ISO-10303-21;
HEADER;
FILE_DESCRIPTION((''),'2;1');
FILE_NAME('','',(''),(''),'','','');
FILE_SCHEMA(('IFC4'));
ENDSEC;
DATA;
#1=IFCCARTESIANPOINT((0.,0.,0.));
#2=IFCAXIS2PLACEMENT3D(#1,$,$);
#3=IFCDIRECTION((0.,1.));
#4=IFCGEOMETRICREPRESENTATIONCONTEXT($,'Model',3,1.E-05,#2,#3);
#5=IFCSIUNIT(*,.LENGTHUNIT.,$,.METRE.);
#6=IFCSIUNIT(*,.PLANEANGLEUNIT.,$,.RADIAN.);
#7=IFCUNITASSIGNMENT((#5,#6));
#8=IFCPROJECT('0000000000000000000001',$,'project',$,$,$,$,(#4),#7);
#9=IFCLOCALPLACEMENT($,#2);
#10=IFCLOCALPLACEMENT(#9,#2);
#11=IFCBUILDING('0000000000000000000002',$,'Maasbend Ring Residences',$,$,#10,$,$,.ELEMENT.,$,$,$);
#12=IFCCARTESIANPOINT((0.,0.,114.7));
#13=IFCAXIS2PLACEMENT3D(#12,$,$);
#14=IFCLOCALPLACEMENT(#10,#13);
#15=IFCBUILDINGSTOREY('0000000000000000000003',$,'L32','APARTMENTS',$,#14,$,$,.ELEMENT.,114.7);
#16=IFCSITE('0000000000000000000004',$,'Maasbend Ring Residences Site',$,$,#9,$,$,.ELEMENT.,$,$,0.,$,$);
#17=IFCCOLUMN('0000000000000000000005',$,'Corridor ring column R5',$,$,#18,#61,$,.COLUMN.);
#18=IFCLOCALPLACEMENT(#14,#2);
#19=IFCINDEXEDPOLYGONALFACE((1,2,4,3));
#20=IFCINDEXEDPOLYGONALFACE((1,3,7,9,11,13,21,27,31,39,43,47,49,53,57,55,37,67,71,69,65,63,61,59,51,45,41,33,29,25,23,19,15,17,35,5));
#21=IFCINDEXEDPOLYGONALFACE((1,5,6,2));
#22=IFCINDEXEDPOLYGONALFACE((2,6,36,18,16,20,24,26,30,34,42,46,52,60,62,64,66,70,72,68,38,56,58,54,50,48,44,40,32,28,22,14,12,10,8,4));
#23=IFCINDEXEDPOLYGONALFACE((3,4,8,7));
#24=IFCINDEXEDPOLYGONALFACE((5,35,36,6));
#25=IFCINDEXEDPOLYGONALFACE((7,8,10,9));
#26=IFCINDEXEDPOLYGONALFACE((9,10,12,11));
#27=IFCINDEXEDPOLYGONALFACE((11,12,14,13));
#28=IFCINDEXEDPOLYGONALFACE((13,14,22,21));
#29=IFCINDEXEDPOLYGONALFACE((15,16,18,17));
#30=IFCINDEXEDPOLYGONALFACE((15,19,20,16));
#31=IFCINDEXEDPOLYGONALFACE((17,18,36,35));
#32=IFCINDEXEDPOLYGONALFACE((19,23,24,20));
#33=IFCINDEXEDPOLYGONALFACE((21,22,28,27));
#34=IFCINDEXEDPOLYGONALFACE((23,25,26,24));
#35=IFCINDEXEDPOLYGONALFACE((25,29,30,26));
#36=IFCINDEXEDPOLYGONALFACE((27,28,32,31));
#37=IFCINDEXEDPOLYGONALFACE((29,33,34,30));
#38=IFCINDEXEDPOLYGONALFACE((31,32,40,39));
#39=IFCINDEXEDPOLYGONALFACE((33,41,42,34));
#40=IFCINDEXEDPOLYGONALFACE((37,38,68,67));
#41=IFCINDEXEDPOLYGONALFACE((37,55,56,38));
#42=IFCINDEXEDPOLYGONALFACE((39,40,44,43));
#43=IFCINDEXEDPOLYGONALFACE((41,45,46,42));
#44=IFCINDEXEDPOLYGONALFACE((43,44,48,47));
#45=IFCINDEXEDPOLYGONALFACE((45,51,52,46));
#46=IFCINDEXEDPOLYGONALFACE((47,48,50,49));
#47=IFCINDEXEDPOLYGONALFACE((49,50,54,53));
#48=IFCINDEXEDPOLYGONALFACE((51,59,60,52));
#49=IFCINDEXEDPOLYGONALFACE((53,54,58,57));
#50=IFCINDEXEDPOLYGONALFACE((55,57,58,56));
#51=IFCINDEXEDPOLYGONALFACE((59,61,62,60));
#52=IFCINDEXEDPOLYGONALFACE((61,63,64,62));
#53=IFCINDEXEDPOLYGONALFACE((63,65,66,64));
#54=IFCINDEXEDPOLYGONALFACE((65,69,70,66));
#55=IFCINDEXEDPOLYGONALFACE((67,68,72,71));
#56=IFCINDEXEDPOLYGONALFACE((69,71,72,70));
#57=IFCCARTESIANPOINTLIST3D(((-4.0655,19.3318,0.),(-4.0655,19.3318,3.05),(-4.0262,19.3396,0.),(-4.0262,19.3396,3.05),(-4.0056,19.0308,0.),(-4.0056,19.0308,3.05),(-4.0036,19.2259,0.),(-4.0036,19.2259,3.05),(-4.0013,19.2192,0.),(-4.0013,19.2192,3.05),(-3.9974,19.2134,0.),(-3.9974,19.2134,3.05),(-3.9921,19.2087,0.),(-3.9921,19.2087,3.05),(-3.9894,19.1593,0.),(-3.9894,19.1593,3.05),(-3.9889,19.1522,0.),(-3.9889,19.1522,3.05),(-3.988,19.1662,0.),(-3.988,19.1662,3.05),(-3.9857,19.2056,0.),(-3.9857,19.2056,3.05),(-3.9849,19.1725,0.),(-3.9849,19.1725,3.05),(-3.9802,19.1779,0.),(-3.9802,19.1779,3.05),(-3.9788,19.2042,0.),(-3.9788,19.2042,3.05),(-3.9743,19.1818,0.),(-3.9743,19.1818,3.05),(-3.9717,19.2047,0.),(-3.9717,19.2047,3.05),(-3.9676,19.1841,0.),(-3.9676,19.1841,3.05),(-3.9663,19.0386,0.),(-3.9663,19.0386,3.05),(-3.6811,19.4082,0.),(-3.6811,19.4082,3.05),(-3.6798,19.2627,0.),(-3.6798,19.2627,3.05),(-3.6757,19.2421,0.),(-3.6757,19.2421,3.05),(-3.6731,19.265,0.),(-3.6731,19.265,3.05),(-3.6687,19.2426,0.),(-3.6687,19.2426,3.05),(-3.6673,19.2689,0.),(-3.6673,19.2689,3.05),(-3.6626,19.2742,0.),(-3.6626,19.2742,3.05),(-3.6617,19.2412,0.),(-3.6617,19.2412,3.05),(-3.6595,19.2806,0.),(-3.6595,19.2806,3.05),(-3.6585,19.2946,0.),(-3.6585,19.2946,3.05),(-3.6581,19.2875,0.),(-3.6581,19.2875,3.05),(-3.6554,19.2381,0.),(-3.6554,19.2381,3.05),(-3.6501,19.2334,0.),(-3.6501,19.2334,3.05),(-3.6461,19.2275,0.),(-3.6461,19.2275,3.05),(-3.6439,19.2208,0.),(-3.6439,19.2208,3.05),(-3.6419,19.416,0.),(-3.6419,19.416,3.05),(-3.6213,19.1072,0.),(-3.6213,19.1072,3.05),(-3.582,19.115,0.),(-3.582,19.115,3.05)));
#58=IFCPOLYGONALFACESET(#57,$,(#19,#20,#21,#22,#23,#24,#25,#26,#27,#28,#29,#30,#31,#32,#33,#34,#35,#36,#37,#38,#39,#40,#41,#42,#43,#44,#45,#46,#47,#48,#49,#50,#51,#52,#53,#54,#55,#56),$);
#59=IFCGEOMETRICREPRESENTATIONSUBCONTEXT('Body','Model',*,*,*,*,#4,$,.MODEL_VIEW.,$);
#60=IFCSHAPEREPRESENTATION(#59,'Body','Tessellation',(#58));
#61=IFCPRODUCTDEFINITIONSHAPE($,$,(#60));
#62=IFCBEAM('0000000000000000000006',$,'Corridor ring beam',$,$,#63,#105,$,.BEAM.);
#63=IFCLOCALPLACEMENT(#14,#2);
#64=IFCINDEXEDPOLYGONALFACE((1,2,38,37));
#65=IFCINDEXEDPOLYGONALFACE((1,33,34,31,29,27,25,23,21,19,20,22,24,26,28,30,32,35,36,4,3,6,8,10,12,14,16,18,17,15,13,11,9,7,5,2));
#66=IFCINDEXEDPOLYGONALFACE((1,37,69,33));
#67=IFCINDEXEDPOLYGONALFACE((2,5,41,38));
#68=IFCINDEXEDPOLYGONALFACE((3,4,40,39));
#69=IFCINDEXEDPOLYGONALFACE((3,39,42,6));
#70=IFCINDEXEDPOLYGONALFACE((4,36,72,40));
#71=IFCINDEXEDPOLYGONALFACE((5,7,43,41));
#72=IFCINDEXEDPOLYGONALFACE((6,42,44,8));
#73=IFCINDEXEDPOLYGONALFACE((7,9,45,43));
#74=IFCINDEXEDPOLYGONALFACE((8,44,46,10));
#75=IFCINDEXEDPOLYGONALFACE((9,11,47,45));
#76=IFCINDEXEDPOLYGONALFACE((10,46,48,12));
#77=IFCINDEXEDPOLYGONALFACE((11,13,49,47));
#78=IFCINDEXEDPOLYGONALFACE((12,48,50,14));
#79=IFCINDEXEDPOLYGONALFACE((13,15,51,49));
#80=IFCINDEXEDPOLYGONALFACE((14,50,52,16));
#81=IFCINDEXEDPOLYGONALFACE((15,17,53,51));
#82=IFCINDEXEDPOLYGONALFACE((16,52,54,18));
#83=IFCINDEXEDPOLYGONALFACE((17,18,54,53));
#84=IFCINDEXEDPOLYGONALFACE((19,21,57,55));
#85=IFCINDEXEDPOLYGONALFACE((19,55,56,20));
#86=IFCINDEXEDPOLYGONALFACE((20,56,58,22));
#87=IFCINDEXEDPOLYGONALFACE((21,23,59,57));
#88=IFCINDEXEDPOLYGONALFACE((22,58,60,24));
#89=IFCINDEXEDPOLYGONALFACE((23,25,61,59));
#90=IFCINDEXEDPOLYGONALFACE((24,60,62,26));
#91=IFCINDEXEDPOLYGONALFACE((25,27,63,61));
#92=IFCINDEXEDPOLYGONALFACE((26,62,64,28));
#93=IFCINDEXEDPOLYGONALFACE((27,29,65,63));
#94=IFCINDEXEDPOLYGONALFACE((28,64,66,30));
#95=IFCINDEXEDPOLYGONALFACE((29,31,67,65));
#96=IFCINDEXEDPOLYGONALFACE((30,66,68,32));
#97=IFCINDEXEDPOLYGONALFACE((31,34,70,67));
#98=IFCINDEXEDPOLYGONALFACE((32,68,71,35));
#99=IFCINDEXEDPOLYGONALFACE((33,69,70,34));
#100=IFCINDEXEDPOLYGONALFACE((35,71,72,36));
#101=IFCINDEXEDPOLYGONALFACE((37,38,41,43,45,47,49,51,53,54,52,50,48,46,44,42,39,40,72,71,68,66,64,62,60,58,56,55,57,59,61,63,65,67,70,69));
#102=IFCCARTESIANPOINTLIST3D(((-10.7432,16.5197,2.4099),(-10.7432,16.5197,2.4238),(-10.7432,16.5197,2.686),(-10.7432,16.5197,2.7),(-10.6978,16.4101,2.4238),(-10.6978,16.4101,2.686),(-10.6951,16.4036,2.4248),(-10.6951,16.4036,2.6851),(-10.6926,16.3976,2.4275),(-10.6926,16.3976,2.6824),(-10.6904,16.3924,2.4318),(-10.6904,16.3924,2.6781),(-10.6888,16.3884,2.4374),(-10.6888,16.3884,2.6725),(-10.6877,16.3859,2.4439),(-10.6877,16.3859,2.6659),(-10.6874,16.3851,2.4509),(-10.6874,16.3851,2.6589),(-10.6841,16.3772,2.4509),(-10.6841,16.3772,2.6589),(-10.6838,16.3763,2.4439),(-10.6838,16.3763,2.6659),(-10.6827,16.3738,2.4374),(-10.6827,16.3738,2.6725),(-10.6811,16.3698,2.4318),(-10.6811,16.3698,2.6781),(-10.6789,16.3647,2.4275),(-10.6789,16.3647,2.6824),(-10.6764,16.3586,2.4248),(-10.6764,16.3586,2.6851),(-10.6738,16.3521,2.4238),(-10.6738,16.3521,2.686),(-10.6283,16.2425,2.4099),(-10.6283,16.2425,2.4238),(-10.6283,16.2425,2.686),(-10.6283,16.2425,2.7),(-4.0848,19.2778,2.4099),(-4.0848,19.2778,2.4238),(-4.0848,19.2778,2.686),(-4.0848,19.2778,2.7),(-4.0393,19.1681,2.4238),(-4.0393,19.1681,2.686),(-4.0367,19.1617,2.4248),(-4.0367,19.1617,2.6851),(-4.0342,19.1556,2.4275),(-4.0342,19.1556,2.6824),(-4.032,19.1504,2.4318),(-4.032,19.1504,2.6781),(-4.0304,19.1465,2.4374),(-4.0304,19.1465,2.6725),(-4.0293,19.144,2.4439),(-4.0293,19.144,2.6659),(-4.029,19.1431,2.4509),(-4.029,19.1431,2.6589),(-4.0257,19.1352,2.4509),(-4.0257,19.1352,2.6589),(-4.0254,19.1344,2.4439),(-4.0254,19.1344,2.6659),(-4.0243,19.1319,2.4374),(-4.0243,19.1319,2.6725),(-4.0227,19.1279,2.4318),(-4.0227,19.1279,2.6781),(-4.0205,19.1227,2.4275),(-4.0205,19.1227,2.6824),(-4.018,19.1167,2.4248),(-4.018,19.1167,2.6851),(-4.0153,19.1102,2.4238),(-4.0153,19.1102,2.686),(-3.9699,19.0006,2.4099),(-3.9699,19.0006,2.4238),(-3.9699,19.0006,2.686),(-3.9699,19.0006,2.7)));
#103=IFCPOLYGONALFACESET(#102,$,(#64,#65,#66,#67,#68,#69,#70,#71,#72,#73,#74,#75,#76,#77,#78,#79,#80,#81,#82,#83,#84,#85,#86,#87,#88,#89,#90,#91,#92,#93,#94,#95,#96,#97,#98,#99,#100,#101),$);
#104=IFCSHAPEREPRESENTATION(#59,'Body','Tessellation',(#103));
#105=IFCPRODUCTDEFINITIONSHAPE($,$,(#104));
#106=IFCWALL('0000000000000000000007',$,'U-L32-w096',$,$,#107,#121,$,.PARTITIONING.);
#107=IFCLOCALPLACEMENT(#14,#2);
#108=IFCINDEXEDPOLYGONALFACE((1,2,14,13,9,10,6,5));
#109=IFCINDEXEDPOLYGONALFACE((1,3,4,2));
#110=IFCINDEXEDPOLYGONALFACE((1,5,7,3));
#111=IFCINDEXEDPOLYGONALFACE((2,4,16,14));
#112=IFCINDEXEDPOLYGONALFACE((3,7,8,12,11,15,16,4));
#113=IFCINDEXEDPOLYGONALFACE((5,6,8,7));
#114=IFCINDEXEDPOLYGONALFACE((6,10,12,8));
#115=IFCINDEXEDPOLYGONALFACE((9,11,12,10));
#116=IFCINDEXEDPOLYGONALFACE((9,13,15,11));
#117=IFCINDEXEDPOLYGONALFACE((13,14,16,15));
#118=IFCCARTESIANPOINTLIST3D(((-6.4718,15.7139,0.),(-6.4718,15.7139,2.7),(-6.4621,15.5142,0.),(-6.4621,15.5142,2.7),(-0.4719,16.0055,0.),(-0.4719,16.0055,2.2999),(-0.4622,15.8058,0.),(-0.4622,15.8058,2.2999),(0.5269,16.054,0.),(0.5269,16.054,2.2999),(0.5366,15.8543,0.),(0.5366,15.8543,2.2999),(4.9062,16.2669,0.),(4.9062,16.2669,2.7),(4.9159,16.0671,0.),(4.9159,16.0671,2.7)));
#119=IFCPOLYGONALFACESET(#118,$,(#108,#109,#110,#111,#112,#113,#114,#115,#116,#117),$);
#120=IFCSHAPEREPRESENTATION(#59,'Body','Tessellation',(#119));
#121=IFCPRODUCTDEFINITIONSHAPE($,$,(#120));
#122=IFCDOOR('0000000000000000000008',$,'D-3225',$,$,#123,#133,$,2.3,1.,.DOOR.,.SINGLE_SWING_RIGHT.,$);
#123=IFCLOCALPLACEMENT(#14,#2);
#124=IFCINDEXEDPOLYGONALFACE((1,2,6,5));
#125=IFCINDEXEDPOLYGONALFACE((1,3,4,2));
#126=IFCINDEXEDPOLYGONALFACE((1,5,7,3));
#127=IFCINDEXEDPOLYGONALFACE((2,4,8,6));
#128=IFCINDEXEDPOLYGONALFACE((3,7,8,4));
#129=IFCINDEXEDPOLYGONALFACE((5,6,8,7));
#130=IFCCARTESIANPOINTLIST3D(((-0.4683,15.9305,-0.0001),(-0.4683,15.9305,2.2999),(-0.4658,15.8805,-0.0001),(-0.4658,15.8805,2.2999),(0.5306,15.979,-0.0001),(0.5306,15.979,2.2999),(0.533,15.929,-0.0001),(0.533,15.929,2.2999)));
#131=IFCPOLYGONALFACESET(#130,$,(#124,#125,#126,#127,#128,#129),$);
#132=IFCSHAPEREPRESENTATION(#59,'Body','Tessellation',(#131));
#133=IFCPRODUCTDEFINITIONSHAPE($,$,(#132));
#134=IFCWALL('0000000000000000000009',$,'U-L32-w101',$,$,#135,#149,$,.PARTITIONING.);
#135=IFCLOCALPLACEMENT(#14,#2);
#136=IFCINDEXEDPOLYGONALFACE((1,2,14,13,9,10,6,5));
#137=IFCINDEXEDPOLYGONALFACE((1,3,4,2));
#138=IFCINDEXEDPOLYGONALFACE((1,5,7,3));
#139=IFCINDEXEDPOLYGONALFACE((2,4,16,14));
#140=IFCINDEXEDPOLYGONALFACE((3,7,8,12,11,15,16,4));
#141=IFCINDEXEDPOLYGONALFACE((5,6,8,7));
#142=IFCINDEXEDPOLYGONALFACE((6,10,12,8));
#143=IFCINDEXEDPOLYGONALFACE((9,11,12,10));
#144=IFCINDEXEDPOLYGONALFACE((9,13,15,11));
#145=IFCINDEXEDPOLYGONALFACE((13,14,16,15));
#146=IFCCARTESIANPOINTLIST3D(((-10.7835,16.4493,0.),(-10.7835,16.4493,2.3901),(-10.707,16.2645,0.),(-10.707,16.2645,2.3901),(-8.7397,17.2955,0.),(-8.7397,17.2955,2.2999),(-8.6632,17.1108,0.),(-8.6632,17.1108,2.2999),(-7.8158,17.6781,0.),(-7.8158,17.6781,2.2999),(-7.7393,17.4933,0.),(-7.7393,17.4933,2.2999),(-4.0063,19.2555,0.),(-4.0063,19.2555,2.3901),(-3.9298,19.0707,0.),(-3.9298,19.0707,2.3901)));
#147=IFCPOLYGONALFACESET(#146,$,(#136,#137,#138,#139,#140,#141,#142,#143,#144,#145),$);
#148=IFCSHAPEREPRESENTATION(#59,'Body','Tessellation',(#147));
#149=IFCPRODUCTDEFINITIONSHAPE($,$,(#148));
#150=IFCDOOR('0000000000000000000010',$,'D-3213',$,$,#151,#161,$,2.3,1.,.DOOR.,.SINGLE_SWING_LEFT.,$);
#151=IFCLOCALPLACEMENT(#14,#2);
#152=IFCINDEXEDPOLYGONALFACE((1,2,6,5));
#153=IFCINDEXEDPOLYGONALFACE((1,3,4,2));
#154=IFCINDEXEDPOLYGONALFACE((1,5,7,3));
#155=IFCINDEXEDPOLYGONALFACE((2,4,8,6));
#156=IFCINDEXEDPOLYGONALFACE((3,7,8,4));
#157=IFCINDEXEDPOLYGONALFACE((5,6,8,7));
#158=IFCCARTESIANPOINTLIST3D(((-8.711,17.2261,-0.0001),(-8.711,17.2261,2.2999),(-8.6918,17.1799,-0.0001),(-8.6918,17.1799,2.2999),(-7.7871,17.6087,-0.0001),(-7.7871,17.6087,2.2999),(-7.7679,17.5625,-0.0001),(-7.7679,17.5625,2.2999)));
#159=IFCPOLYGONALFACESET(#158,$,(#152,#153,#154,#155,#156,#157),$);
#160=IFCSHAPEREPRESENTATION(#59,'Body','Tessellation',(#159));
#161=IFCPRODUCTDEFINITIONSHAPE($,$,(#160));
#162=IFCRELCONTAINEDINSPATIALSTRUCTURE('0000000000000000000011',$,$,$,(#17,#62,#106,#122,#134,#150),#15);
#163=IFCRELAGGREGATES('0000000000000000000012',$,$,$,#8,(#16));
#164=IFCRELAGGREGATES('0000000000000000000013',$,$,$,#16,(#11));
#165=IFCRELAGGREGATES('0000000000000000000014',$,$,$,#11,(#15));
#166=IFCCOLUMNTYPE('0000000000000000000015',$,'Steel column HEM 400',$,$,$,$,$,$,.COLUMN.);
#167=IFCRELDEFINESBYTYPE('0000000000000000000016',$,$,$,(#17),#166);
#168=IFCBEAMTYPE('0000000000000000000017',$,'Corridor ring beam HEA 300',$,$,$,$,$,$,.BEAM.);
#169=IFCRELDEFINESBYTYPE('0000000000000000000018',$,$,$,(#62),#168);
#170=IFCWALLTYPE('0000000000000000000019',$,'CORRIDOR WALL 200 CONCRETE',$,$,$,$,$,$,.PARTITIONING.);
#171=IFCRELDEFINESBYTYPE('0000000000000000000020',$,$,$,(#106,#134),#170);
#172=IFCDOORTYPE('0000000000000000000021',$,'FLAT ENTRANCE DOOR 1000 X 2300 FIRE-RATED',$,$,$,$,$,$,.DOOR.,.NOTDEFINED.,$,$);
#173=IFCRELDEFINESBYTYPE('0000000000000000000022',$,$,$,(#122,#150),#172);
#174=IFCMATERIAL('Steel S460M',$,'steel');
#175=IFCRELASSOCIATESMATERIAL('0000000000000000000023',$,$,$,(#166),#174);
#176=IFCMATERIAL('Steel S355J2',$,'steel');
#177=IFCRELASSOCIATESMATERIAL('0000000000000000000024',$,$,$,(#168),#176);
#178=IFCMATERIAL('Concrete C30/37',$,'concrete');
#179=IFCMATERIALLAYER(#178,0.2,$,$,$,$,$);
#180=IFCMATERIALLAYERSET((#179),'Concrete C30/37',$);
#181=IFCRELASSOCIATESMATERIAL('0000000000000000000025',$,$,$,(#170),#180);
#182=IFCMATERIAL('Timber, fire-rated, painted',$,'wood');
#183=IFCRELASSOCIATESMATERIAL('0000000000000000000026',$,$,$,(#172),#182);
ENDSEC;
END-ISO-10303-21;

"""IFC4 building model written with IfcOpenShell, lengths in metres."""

from ifc_helpers import new_model, si_unit, direction, frame, frame_2d, origin, origin_2d, place, context, subcontext, project, spatial, rectangle, i_section, extrude, material, layer, layer_set, material_profile, profile_set, type_object, element, fill, save


model = new_model("IFC4")

# Units and contexts
model_context = context("Model", 3, precision=1e-05, world=origin(), true_north=direction((0.0, 1.0)))
body_context = subcontext(model_context, "Body", "Model", "MODEL_VIEW")
ifc_project = project(units=[si_unit("LENGTHUNIT", "METRE"), si_unit("PLANEANGLEUNIT", "RADIAN")], contexts=[model_context])

# Site, building, storey
site_placement = place(None, origin())
site = spatial("IfcSite", under=ifc_project, at=site_placement, Name="Maasbend Ring Residences Site", CompositionType="ELEMENT", RefElevation=0.0)
building_placement = place(site_placement, origin())
building = spatial("IfcBuilding", under=site, at=building_placement, Name="Maasbend Ring Residences", CompositionType="ELEMENT")
storey_placement = place(building_placement, frame((0.0, 0.0, 114.7)))
storey = spatial("IfcBuildingStorey", under=building, at=storey_placement, Name="L32", Description="APARTMENTS", CompositionType="ELEMENT", Elevation=114.7)

# Column
ifc_material_1 = material(Name="Steel S460M", Category="steel")
ifc_material_profile_1 = material_profile(ifc_material_1, i_section(OverallWidth=0.3069, OverallDepth=0.4319, WebThickness=0.021, FlangeThickness=0.04, FilletRadius=0.0271, at=origin_2d()), Name="HEM 400")
ifc_profile_set_1 = profile_set([ifc_material_profile_1], Name="Steel S460M")
column_type = type_object("IfcColumnType", Name="Steel column HEM 400", PredefinedType="COLUMN", material=ifc_profile_set_1)
column_placement = place(storey_placement, frame((-3.8237, 19.2234, 0.0), z_axis=(0.0, 0.0, 1.0), x_axis=(-0.19509, 0.980785, 0.0)))
element("IfcColumn", 1, at=column_placement, inside=storey, type_object=column_type, Name="Corridor ring column R5", PredefinedType="COLUMN", context=body_context, shape_type="SweptSolid", body=[
    extrude(i_section(OverallWidth=0.3069, OverallDepth=0.4319, WebThickness=0.021, FlangeThickness=0.04, FilletRadius=0.0271, at=origin_2d()), origin(), (0.0, 0.0, 1.0), 3.05),
])

# Beam
ifc_material_2 = material(Name="Steel S355J2", Category="steel")
ifc_material_profile_2 = material_profile(ifc_material_2, i_section(OverallWidth=0.3, OverallDepth=0.29, WebThickness=0.0085, FlangeThickness=0.0139, FilletRadius=0.0271, at=origin_2d()), Name="HEA 300")
ifc_profile_set_2 = profile_set([ifc_material_profile_2], Name="Steel S355J2")
beam_type = type_object("IfcBeamType", Name="Corridor ring beam HEA 300", PredefinedType="BEAM", material=ifc_profile_set_2)
beam_placement = place(storey_placement, frame((-4.0273, 19.1392, 2.5549), z_axis=(-0.923878, -0.382688, 0.0), x_axis=(0.382688, -0.923878, 0.0)))
element("IfcBeam", 2, at=beam_placement, inside=storey, type_object=beam_type, Name="Corridor ring beam", PredefinedType="BEAM", context=body_context, shape_type="SweptSolid", body=[
    extrude(i_section(OverallWidth=0.3, OverallDepth=0.29, WebThickness=0.0085, FlangeThickness=0.0139, FilletRadius=0.0271, at=origin_2d()), origin(), (0.0, 0.0, 1.0), 7.207),
])

# Walls, openings, doors
ifc_material_3 = material(Name="Concrete C30/37", Category="concrete")
ifc_layer_1 = layer(ifc_material_3, 0.2)
ifc_layer_set_1 = layer_set([ifc_layer_1], Name="Concrete C30/37")
wall_type_1 = type_object("IfcWallType", Name="CORRIDOR WALL 200 CONCRETE", PredefinedType="PARTITIONING", material=ifc_layer_set_1)
wall_1_placement = place(storey_placement, frame((-6.467, 15.614, 0.0), z_axis=(0.0, 0.0, 1.0), x_axis=(0.998821, 0.048544, 0.0)))
wall_1 = element("IfcWall", 3, at=wall_1_placement, inside=storey, type_object=wall_type_1, Name="U-L32-w096", PredefinedType="PARTITIONING", context=body_context, shape_type="SweptSolid", body=[
    extrude(rectangle(XDim=11.3914, YDim=0.2, at=frame_2d((5.6958, 0.0))), origin(), (0.0, 0.0, 1.0), 2.7),
])
opening_1_placement = place(wall_1_placement, frame((6.0071, 0.0, 0.0)))
opening_1 = element("IfcOpeningElement", 4, at=opening_1_placement, cuts=wall_1, PredefinedType="OPENING", context=body_context, shape_type="SweptSolid", body=[
    extrude(rectangle(XDim=1.0, YDim=2.3, at=frame_2d((0.5, 1.1499))), frame((0.0, 0.1099, 0.0), z_axis=(0.0, -1.0, 0.0), x_axis=(1.0, 0.0, 0.0)), (0.0, 0.0, 1.0), 0.22),
])
ifc_material_4 = material(Name="Timber, fire-rated, painted", Category="wood")
door_type_1 = type_object("IfcDoorType", Name="FLAT ENTRANCE DOOR 1000 X 2300 FIRE-RATED", OperationType="NOTDEFINED", PredefinedType="DOOR", material=ifc_material_4)
door_1_placement = place(opening_1_placement, origin())
door_1 = element("IfcDoor", 5, at=door_1_placement, inside=storey, type_object=door_type_1, Name="D-3225", OperationType="SINGLE_SWING_RIGHT", OverallHeight=2.3, OverallWidth=1.0, PredefinedType="DOOR", context=body_context, shape_type="SweptSolid", body=[
    extrude(rectangle(XDim=1.0, YDim=2.3, at=frame_2d((0.5, 1.1499))), frame((0.0, 0.0249, 0.0), z_axis=(0.0, -1.0, 0.0), x_axis=(1.0, 0.0, 0.0)), (0.0, 0.0, 1.0), 0.05),
])
fill(opening_1, door_1)
wall_2_placement = place(storey_placement, frame((-10.7451, 16.3569, 0.0), z_axis=(0.0, 0.0, 1.0), x_axis=(0.923928, 0.382565, 0.0)))
wall_2 = element("IfcWall", 6, at=wall_2_placement, inside=storey, type_object=wall_type_1, Name="U-L32-w101", PredefinedType="PARTITIONING", context=body_context, shape_type="SweptSolid", body=[
    extrude(rectangle(XDim=7.3352, YDim=0.2, at=frame_2d((3.6675, 0.0))), origin(), (0.0, 0.0, 1.0), 2.3901),
])
opening_2_placement = place(wall_2_placement, frame((2.2119, 0.0, 0.0)))
opening_2 = element("IfcOpeningElement", 7, at=opening_2_placement, cuts=wall_2, PredefinedType="OPENING", context=body_context, shape_type="SweptSolid", body=[
    extrude(rectangle(XDim=1.0, YDim=2.3, at=frame_2d((0.5, 1.1499))), frame((0.0, 0.1099, 0.0), z_axis=(0.0, -1.0, 0.0), x_axis=(1.0, 0.0, 0.0)), (0.0, 0.0, 1.0), 0.22),
])
door_2_placement = place(opening_2_placement, origin())
door_2 = element("IfcDoor", 8, at=door_2_placement, inside=storey, type_object=door_type_1, Name="D-3213", OperationType="SINGLE_SWING_LEFT", OverallHeight=2.3, OverallWidth=1.0, PredefinedType="DOOR", context=body_context, shape_type="SweptSolid", body=[
    extrude(rectangle(XDim=1.0, YDim=2.3, at=frame_2d((0.5, 1.1499))), frame((0.0, 0.0249, 0.0), z_axis=(0.0, -1.0, 0.0), x_axis=(1.0, 0.0, 0.0)), (0.0, 0.0, 1.0), 0.05),
])
fill(opening_2, door_2)

save(model, "model.ifc")
